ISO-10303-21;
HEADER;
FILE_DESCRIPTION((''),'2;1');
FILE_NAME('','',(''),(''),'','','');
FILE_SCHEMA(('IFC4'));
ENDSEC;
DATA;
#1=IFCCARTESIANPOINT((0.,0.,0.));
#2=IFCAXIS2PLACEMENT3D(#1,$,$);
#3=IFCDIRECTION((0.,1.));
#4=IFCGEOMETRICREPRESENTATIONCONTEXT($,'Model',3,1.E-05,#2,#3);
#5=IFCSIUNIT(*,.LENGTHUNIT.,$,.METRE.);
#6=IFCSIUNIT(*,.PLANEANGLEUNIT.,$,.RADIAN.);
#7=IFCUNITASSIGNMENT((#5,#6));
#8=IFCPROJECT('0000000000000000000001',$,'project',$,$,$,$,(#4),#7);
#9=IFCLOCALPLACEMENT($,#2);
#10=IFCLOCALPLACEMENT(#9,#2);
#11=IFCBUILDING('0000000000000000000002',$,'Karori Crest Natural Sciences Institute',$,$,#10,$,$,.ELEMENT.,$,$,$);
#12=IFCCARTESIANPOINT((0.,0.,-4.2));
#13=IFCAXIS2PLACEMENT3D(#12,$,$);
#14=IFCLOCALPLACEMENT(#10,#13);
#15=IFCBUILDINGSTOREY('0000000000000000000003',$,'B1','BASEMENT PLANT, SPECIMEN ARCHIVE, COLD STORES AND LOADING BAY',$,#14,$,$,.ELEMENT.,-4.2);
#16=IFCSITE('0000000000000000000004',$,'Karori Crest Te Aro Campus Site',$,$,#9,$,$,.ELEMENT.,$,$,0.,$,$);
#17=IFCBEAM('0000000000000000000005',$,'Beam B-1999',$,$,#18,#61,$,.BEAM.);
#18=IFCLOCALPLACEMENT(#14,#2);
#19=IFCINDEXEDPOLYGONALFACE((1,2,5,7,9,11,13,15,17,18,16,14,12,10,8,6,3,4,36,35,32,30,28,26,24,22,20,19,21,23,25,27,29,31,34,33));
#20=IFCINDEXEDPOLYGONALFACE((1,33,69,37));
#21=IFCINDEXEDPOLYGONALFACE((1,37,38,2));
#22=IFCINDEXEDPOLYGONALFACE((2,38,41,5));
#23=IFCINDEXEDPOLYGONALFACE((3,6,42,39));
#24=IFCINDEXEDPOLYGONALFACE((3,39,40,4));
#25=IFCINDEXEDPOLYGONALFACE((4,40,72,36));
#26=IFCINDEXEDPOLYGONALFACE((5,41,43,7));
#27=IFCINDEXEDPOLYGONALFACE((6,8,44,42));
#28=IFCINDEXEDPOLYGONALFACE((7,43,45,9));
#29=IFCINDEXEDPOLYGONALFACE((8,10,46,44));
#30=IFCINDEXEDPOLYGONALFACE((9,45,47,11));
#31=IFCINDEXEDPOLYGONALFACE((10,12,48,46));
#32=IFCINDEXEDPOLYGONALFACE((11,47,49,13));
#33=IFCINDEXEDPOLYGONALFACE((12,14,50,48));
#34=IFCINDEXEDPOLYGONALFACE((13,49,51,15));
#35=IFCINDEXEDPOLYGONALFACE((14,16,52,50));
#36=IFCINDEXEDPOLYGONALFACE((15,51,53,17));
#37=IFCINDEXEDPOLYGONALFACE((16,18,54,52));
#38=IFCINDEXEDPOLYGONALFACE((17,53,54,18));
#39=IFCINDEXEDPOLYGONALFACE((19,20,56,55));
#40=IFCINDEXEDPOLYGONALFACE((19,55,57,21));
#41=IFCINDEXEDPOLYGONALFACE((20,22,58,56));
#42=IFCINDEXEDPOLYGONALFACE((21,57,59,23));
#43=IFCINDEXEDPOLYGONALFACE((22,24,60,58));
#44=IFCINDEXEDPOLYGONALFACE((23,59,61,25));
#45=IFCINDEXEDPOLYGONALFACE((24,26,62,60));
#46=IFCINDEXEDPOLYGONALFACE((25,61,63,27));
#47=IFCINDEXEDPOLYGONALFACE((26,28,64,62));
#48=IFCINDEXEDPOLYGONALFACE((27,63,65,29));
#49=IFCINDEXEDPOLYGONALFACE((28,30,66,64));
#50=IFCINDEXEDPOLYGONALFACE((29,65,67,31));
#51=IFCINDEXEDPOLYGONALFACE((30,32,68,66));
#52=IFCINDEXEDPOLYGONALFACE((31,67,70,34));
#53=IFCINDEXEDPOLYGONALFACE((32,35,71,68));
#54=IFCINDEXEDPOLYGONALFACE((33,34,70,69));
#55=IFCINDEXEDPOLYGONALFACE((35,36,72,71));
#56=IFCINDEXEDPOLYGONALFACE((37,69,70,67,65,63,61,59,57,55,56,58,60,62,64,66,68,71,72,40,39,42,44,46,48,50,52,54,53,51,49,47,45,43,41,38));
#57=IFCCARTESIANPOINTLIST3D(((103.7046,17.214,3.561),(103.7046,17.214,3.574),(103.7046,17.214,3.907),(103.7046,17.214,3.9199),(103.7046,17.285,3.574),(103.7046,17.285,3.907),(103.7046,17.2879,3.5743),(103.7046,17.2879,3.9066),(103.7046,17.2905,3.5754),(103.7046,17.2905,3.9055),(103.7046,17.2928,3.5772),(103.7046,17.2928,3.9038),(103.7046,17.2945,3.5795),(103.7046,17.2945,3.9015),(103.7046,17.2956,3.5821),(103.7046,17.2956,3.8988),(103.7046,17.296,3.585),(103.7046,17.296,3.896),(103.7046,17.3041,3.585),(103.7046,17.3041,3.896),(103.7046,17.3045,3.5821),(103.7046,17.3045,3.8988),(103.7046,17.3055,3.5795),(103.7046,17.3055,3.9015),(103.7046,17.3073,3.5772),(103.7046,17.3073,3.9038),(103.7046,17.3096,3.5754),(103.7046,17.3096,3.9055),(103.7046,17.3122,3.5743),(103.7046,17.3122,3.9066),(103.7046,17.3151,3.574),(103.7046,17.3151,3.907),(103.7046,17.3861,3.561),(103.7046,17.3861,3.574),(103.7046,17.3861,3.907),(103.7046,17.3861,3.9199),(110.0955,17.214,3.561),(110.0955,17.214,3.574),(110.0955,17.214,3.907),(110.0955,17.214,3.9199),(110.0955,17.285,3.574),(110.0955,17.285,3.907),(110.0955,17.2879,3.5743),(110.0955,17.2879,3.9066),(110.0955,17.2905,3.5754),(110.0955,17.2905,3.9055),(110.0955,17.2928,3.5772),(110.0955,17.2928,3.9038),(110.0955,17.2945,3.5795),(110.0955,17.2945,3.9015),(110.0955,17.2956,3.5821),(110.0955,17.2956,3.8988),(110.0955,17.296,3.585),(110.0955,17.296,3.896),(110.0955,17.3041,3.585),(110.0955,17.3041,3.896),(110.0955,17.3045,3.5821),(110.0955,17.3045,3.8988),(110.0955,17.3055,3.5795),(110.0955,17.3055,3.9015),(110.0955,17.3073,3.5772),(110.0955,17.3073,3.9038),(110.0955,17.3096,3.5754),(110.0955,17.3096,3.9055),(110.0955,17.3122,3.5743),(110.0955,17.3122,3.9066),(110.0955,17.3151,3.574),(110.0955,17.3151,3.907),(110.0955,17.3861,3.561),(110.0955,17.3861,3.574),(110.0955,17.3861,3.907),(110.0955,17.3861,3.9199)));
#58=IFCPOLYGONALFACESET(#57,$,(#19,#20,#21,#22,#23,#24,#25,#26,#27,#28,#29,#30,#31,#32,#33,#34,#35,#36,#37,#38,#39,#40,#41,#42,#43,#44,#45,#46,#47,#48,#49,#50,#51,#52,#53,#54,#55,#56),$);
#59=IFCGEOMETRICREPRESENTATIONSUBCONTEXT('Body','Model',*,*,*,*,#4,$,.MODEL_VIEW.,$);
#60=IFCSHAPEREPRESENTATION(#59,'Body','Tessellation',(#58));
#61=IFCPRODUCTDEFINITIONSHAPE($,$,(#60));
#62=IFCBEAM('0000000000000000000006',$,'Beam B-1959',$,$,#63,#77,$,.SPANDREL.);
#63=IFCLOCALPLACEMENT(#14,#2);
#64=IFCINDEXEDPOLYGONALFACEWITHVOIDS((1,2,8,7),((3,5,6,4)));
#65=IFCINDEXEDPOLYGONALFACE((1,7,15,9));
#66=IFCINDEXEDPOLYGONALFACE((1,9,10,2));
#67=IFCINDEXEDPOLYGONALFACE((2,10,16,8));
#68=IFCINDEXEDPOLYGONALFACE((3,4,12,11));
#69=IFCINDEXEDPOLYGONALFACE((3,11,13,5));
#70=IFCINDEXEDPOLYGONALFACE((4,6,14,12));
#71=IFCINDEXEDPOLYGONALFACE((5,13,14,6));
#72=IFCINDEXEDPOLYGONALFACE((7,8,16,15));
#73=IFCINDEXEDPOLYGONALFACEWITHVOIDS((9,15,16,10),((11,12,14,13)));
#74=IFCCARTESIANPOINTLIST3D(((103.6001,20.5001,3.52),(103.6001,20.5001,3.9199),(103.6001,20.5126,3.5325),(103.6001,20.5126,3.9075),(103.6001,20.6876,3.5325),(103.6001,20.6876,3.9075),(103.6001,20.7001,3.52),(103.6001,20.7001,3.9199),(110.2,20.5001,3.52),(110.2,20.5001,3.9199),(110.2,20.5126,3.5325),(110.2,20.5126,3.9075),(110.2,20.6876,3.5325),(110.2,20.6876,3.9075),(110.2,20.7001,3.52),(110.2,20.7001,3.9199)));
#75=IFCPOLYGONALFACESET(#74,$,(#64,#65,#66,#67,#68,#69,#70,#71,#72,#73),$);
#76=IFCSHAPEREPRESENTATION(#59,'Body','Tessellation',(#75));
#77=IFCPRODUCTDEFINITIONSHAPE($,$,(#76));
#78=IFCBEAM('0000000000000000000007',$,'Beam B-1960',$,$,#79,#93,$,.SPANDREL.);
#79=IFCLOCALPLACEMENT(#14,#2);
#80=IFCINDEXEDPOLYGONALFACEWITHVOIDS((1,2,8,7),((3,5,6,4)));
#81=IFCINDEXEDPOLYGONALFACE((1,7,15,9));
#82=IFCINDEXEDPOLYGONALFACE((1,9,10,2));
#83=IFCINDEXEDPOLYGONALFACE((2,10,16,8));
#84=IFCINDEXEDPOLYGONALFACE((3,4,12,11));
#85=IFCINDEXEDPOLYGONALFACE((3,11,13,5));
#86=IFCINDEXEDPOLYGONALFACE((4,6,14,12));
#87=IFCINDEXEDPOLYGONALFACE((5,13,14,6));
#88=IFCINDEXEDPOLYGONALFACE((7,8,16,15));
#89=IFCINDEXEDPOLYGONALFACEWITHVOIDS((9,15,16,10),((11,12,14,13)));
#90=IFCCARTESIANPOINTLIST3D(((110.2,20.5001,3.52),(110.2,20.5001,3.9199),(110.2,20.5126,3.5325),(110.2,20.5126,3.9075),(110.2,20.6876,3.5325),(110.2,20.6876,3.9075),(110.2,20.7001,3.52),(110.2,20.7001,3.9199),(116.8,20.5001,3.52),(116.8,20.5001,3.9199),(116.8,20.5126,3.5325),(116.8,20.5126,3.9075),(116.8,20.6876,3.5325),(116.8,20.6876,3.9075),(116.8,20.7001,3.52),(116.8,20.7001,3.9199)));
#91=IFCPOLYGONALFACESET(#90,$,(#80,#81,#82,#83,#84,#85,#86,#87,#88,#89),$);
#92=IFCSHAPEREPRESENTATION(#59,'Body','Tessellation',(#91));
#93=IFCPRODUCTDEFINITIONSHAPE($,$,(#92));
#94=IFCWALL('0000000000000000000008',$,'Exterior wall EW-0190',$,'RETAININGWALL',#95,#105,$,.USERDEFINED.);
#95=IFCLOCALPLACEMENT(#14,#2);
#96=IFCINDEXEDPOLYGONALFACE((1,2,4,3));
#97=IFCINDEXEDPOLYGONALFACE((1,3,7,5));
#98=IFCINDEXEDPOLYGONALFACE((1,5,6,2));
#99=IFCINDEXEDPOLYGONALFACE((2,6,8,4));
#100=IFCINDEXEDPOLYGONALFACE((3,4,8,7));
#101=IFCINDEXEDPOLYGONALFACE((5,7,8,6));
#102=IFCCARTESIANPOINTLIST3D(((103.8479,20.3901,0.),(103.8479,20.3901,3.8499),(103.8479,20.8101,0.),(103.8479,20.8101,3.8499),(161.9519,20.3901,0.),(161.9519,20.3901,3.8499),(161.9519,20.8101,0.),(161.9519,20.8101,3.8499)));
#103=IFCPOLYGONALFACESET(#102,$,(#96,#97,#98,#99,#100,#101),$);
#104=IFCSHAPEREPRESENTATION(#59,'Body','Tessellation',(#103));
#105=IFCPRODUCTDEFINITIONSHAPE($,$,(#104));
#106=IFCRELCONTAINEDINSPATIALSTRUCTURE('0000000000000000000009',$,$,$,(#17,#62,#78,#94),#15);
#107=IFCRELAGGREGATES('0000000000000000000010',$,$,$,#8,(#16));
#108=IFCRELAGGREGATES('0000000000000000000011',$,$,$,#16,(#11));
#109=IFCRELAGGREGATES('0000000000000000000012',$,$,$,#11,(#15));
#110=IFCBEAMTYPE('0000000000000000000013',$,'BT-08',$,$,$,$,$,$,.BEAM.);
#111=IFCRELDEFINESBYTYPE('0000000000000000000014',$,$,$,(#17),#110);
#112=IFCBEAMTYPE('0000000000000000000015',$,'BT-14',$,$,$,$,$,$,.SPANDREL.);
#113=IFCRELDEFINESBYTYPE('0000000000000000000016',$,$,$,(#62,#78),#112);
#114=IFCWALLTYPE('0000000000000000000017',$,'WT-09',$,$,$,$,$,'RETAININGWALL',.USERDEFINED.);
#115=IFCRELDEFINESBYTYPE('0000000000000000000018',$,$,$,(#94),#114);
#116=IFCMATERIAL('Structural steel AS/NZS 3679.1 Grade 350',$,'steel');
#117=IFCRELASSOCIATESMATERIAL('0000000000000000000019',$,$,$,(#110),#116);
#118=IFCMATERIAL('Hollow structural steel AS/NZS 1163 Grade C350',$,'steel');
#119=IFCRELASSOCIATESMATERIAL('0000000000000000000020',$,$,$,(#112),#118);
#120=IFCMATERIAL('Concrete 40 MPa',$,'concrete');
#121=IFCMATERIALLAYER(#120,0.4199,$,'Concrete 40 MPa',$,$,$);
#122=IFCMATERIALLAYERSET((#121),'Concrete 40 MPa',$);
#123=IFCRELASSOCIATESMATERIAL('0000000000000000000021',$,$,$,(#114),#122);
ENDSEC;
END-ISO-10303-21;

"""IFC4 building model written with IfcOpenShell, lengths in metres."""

from ifc_helpers import new_model, si_unit, direction, frame, frame_2d, origin, origin_2d, place, context, subcontext, project, spatial, rectangle, hollow_rectangle, i_section, extrude, material, layer, layer_set, material_profile, profile_set, type_object, element, save


model = new_model("IFC4")

# Units and contexts
model_context = context("Model", 3, precision=1e-05, world=origin(), true_north=direction((0.0, 1.0)))
body_context = subcontext(model_context, "Body", "Model", "MODEL_VIEW")
ifc_project = project(units=[si_unit("LENGTHUNIT", "METRE"), si_unit("PLANEANGLEUNIT", "RADIAN")], contexts=[model_context])

# Site, building, storey
site_placement = place(None, origin())
site = spatial("IfcSite", under=ifc_project, at=site_placement, Name="Karori Crest Te Aro Campus Site", CompositionType="ELEMENT", RefElevation=0.0)
building_placement = place(site_placement, origin())
building = spatial("IfcBuilding", under=site, at=building_placement, Name="Karori Crest Natural Sciences Institute", CompositionType="ELEMENT")
storey_placement = place(building_placement, frame((0.0, 0.0, -4.2)))
storey = spatial("IfcBuildingStorey", under=building, at=storey_placement, Name="B1", Description="BASEMENT PLANT, SPECIMEN ARCHIVE, COLD STORES AND LOADING BAY", CompositionType="ELEMENT", Elevation=-4.2)

# Shared definitions
ifc_material_1 = material(Name="Concrete 40 MPa", Category="concrete")

# Shared definitions
ifc_material_2 = material(Name="Structural steel AS/NZS 3679.1 Grade 350", Category="steel")

# Beams
ifc_material_profile_1 = material_profile(ifc_material_2, i_section(OverallWidth=0.1721, OverallDepth=0.3589, WebThickness=0.0081, FlangeThickness=0.0129, FilletRadius=0.011, at=origin_2d()), Name="360UB56.7")
ifc_profile_set_1 = profile_set([ifc_material_profile_1], Name="Structural steel AS/NZS 3679.1 Grade 350")
beam_type_1 = type_object("IfcBeamType", Name="BT-08", PredefinedType="BEAM", material=ifc_profile_set_1)
beam_1_placement = place(storey_placement, frame((103.7046, 17.3, 3.7405), z_axis=(1.0, 0.0, 0.0), x_axis=(0.0, 1.0, 0.0)))
element("IfcBeam", 1, at=beam_1_placement, inside=storey, type_object=beam_type_1, Name="Beam B-1999", PredefinedType="BEAM", context=body_context, shape_type="SweptSolid", body=[
    extrude(i_section(OverallWidth=0.1721, OverallDepth=0.3589, WebThickness=0.0081, FlangeThickness=0.0129, FilletRadius=0.011, at=origin_2d()), origin(), (0.0, 0.0, 1.0), 6.3909),
])
ifc_material_3 = material(Name="Hollow structural steel AS/NZS 1163 Grade C350", Category="steel")
ifc_material_profile_2 = material_profile(ifc_material_3, hollow_rectangle(XDim=0.2, YDim=0.3999, WallThickness=0.0125, at=origin_2d()), Name="RHS400x200x12.5")
ifc_profile_set_2 = profile_set([ifc_material_profile_2], Name="Hollow structural steel AS/NZS 1163 Grade C350")
beam_type_2 = type_object("IfcBeamType", Name="BT-14", PredefinedType="SPANDREL", material=ifc_profile_set_2)
beam_2_placement = place(storey_placement, frame((103.6001, 20.6001, 3.72), z_axis=(1.0, 0.0, 0.0), x_axis=(0.0, 1.0, 0.0)))
element("IfcBeam", 2, at=beam_2_placement, inside=storey, type_object=beam_type_2, Name="Beam B-1959", PredefinedType="SPANDREL", context=body_context, shape_type="SweptSolid", body=[
    extrude(hollow_rectangle(XDim=0.2, YDim=0.3999, WallThickness=0.0125, at=origin_2d()), origin(), (0.0, 0.0, 1.0), 6.5999),
])
beam_3_placement = place(storey_placement, frame((110.2, 20.6001, 3.72), z_axis=(1.0, 0.0, 0.0), x_axis=(0.0, 1.0, 0.0)))
element("IfcBeam", 3, at=beam_3_placement, inside=storey, type_object=beam_type_2, Name="Beam B-1960", PredefinedType="SPANDREL", context=body_context, shape_type="SweptSolid", body=[
    extrude(hollow_rectangle(XDim=0.2, YDim=0.3999, WallThickness=0.0125, at=origin_2d()), origin(), (0.0, 0.0, 1.0), 6.6001),
])

# Wall
ifc_layer = layer(ifc_material_1, 0.4199, Name="Concrete 40 MPa")
ifc_layer_set = layer_set([ifc_layer], Name="Concrete 40 MPa")
wall_type = type_object("IfcWallType", Name="WT-09", ElementType="RETAININGWALL", PredefinedType="USERDEFINED", material=ifc_layer_set)
wall_placement = place(storey_placement, frame((103.8479, 20.6001, 0.0), z_axis=(0.0, 0.0, 1.0), x_axis=(1.0, 0.0, 0.0)))
element("IfcWall", 4, at=wall_placement, inside=storey, type_object=wall_type, Name="Exterior wall EW-0190", ObjectType="RETAININGWALL", PredefinedType="USERDEFINED", context=body_context, shape_type="SweptSolid", body=[
    extrude(rectangle(XDim=58.104, YDim=0.4199, at=frame_2d((29.052, 0.0))), origin(), (0.0, 0.0, 1.0), 3.8499),
])

save(model, "model.ifc")
